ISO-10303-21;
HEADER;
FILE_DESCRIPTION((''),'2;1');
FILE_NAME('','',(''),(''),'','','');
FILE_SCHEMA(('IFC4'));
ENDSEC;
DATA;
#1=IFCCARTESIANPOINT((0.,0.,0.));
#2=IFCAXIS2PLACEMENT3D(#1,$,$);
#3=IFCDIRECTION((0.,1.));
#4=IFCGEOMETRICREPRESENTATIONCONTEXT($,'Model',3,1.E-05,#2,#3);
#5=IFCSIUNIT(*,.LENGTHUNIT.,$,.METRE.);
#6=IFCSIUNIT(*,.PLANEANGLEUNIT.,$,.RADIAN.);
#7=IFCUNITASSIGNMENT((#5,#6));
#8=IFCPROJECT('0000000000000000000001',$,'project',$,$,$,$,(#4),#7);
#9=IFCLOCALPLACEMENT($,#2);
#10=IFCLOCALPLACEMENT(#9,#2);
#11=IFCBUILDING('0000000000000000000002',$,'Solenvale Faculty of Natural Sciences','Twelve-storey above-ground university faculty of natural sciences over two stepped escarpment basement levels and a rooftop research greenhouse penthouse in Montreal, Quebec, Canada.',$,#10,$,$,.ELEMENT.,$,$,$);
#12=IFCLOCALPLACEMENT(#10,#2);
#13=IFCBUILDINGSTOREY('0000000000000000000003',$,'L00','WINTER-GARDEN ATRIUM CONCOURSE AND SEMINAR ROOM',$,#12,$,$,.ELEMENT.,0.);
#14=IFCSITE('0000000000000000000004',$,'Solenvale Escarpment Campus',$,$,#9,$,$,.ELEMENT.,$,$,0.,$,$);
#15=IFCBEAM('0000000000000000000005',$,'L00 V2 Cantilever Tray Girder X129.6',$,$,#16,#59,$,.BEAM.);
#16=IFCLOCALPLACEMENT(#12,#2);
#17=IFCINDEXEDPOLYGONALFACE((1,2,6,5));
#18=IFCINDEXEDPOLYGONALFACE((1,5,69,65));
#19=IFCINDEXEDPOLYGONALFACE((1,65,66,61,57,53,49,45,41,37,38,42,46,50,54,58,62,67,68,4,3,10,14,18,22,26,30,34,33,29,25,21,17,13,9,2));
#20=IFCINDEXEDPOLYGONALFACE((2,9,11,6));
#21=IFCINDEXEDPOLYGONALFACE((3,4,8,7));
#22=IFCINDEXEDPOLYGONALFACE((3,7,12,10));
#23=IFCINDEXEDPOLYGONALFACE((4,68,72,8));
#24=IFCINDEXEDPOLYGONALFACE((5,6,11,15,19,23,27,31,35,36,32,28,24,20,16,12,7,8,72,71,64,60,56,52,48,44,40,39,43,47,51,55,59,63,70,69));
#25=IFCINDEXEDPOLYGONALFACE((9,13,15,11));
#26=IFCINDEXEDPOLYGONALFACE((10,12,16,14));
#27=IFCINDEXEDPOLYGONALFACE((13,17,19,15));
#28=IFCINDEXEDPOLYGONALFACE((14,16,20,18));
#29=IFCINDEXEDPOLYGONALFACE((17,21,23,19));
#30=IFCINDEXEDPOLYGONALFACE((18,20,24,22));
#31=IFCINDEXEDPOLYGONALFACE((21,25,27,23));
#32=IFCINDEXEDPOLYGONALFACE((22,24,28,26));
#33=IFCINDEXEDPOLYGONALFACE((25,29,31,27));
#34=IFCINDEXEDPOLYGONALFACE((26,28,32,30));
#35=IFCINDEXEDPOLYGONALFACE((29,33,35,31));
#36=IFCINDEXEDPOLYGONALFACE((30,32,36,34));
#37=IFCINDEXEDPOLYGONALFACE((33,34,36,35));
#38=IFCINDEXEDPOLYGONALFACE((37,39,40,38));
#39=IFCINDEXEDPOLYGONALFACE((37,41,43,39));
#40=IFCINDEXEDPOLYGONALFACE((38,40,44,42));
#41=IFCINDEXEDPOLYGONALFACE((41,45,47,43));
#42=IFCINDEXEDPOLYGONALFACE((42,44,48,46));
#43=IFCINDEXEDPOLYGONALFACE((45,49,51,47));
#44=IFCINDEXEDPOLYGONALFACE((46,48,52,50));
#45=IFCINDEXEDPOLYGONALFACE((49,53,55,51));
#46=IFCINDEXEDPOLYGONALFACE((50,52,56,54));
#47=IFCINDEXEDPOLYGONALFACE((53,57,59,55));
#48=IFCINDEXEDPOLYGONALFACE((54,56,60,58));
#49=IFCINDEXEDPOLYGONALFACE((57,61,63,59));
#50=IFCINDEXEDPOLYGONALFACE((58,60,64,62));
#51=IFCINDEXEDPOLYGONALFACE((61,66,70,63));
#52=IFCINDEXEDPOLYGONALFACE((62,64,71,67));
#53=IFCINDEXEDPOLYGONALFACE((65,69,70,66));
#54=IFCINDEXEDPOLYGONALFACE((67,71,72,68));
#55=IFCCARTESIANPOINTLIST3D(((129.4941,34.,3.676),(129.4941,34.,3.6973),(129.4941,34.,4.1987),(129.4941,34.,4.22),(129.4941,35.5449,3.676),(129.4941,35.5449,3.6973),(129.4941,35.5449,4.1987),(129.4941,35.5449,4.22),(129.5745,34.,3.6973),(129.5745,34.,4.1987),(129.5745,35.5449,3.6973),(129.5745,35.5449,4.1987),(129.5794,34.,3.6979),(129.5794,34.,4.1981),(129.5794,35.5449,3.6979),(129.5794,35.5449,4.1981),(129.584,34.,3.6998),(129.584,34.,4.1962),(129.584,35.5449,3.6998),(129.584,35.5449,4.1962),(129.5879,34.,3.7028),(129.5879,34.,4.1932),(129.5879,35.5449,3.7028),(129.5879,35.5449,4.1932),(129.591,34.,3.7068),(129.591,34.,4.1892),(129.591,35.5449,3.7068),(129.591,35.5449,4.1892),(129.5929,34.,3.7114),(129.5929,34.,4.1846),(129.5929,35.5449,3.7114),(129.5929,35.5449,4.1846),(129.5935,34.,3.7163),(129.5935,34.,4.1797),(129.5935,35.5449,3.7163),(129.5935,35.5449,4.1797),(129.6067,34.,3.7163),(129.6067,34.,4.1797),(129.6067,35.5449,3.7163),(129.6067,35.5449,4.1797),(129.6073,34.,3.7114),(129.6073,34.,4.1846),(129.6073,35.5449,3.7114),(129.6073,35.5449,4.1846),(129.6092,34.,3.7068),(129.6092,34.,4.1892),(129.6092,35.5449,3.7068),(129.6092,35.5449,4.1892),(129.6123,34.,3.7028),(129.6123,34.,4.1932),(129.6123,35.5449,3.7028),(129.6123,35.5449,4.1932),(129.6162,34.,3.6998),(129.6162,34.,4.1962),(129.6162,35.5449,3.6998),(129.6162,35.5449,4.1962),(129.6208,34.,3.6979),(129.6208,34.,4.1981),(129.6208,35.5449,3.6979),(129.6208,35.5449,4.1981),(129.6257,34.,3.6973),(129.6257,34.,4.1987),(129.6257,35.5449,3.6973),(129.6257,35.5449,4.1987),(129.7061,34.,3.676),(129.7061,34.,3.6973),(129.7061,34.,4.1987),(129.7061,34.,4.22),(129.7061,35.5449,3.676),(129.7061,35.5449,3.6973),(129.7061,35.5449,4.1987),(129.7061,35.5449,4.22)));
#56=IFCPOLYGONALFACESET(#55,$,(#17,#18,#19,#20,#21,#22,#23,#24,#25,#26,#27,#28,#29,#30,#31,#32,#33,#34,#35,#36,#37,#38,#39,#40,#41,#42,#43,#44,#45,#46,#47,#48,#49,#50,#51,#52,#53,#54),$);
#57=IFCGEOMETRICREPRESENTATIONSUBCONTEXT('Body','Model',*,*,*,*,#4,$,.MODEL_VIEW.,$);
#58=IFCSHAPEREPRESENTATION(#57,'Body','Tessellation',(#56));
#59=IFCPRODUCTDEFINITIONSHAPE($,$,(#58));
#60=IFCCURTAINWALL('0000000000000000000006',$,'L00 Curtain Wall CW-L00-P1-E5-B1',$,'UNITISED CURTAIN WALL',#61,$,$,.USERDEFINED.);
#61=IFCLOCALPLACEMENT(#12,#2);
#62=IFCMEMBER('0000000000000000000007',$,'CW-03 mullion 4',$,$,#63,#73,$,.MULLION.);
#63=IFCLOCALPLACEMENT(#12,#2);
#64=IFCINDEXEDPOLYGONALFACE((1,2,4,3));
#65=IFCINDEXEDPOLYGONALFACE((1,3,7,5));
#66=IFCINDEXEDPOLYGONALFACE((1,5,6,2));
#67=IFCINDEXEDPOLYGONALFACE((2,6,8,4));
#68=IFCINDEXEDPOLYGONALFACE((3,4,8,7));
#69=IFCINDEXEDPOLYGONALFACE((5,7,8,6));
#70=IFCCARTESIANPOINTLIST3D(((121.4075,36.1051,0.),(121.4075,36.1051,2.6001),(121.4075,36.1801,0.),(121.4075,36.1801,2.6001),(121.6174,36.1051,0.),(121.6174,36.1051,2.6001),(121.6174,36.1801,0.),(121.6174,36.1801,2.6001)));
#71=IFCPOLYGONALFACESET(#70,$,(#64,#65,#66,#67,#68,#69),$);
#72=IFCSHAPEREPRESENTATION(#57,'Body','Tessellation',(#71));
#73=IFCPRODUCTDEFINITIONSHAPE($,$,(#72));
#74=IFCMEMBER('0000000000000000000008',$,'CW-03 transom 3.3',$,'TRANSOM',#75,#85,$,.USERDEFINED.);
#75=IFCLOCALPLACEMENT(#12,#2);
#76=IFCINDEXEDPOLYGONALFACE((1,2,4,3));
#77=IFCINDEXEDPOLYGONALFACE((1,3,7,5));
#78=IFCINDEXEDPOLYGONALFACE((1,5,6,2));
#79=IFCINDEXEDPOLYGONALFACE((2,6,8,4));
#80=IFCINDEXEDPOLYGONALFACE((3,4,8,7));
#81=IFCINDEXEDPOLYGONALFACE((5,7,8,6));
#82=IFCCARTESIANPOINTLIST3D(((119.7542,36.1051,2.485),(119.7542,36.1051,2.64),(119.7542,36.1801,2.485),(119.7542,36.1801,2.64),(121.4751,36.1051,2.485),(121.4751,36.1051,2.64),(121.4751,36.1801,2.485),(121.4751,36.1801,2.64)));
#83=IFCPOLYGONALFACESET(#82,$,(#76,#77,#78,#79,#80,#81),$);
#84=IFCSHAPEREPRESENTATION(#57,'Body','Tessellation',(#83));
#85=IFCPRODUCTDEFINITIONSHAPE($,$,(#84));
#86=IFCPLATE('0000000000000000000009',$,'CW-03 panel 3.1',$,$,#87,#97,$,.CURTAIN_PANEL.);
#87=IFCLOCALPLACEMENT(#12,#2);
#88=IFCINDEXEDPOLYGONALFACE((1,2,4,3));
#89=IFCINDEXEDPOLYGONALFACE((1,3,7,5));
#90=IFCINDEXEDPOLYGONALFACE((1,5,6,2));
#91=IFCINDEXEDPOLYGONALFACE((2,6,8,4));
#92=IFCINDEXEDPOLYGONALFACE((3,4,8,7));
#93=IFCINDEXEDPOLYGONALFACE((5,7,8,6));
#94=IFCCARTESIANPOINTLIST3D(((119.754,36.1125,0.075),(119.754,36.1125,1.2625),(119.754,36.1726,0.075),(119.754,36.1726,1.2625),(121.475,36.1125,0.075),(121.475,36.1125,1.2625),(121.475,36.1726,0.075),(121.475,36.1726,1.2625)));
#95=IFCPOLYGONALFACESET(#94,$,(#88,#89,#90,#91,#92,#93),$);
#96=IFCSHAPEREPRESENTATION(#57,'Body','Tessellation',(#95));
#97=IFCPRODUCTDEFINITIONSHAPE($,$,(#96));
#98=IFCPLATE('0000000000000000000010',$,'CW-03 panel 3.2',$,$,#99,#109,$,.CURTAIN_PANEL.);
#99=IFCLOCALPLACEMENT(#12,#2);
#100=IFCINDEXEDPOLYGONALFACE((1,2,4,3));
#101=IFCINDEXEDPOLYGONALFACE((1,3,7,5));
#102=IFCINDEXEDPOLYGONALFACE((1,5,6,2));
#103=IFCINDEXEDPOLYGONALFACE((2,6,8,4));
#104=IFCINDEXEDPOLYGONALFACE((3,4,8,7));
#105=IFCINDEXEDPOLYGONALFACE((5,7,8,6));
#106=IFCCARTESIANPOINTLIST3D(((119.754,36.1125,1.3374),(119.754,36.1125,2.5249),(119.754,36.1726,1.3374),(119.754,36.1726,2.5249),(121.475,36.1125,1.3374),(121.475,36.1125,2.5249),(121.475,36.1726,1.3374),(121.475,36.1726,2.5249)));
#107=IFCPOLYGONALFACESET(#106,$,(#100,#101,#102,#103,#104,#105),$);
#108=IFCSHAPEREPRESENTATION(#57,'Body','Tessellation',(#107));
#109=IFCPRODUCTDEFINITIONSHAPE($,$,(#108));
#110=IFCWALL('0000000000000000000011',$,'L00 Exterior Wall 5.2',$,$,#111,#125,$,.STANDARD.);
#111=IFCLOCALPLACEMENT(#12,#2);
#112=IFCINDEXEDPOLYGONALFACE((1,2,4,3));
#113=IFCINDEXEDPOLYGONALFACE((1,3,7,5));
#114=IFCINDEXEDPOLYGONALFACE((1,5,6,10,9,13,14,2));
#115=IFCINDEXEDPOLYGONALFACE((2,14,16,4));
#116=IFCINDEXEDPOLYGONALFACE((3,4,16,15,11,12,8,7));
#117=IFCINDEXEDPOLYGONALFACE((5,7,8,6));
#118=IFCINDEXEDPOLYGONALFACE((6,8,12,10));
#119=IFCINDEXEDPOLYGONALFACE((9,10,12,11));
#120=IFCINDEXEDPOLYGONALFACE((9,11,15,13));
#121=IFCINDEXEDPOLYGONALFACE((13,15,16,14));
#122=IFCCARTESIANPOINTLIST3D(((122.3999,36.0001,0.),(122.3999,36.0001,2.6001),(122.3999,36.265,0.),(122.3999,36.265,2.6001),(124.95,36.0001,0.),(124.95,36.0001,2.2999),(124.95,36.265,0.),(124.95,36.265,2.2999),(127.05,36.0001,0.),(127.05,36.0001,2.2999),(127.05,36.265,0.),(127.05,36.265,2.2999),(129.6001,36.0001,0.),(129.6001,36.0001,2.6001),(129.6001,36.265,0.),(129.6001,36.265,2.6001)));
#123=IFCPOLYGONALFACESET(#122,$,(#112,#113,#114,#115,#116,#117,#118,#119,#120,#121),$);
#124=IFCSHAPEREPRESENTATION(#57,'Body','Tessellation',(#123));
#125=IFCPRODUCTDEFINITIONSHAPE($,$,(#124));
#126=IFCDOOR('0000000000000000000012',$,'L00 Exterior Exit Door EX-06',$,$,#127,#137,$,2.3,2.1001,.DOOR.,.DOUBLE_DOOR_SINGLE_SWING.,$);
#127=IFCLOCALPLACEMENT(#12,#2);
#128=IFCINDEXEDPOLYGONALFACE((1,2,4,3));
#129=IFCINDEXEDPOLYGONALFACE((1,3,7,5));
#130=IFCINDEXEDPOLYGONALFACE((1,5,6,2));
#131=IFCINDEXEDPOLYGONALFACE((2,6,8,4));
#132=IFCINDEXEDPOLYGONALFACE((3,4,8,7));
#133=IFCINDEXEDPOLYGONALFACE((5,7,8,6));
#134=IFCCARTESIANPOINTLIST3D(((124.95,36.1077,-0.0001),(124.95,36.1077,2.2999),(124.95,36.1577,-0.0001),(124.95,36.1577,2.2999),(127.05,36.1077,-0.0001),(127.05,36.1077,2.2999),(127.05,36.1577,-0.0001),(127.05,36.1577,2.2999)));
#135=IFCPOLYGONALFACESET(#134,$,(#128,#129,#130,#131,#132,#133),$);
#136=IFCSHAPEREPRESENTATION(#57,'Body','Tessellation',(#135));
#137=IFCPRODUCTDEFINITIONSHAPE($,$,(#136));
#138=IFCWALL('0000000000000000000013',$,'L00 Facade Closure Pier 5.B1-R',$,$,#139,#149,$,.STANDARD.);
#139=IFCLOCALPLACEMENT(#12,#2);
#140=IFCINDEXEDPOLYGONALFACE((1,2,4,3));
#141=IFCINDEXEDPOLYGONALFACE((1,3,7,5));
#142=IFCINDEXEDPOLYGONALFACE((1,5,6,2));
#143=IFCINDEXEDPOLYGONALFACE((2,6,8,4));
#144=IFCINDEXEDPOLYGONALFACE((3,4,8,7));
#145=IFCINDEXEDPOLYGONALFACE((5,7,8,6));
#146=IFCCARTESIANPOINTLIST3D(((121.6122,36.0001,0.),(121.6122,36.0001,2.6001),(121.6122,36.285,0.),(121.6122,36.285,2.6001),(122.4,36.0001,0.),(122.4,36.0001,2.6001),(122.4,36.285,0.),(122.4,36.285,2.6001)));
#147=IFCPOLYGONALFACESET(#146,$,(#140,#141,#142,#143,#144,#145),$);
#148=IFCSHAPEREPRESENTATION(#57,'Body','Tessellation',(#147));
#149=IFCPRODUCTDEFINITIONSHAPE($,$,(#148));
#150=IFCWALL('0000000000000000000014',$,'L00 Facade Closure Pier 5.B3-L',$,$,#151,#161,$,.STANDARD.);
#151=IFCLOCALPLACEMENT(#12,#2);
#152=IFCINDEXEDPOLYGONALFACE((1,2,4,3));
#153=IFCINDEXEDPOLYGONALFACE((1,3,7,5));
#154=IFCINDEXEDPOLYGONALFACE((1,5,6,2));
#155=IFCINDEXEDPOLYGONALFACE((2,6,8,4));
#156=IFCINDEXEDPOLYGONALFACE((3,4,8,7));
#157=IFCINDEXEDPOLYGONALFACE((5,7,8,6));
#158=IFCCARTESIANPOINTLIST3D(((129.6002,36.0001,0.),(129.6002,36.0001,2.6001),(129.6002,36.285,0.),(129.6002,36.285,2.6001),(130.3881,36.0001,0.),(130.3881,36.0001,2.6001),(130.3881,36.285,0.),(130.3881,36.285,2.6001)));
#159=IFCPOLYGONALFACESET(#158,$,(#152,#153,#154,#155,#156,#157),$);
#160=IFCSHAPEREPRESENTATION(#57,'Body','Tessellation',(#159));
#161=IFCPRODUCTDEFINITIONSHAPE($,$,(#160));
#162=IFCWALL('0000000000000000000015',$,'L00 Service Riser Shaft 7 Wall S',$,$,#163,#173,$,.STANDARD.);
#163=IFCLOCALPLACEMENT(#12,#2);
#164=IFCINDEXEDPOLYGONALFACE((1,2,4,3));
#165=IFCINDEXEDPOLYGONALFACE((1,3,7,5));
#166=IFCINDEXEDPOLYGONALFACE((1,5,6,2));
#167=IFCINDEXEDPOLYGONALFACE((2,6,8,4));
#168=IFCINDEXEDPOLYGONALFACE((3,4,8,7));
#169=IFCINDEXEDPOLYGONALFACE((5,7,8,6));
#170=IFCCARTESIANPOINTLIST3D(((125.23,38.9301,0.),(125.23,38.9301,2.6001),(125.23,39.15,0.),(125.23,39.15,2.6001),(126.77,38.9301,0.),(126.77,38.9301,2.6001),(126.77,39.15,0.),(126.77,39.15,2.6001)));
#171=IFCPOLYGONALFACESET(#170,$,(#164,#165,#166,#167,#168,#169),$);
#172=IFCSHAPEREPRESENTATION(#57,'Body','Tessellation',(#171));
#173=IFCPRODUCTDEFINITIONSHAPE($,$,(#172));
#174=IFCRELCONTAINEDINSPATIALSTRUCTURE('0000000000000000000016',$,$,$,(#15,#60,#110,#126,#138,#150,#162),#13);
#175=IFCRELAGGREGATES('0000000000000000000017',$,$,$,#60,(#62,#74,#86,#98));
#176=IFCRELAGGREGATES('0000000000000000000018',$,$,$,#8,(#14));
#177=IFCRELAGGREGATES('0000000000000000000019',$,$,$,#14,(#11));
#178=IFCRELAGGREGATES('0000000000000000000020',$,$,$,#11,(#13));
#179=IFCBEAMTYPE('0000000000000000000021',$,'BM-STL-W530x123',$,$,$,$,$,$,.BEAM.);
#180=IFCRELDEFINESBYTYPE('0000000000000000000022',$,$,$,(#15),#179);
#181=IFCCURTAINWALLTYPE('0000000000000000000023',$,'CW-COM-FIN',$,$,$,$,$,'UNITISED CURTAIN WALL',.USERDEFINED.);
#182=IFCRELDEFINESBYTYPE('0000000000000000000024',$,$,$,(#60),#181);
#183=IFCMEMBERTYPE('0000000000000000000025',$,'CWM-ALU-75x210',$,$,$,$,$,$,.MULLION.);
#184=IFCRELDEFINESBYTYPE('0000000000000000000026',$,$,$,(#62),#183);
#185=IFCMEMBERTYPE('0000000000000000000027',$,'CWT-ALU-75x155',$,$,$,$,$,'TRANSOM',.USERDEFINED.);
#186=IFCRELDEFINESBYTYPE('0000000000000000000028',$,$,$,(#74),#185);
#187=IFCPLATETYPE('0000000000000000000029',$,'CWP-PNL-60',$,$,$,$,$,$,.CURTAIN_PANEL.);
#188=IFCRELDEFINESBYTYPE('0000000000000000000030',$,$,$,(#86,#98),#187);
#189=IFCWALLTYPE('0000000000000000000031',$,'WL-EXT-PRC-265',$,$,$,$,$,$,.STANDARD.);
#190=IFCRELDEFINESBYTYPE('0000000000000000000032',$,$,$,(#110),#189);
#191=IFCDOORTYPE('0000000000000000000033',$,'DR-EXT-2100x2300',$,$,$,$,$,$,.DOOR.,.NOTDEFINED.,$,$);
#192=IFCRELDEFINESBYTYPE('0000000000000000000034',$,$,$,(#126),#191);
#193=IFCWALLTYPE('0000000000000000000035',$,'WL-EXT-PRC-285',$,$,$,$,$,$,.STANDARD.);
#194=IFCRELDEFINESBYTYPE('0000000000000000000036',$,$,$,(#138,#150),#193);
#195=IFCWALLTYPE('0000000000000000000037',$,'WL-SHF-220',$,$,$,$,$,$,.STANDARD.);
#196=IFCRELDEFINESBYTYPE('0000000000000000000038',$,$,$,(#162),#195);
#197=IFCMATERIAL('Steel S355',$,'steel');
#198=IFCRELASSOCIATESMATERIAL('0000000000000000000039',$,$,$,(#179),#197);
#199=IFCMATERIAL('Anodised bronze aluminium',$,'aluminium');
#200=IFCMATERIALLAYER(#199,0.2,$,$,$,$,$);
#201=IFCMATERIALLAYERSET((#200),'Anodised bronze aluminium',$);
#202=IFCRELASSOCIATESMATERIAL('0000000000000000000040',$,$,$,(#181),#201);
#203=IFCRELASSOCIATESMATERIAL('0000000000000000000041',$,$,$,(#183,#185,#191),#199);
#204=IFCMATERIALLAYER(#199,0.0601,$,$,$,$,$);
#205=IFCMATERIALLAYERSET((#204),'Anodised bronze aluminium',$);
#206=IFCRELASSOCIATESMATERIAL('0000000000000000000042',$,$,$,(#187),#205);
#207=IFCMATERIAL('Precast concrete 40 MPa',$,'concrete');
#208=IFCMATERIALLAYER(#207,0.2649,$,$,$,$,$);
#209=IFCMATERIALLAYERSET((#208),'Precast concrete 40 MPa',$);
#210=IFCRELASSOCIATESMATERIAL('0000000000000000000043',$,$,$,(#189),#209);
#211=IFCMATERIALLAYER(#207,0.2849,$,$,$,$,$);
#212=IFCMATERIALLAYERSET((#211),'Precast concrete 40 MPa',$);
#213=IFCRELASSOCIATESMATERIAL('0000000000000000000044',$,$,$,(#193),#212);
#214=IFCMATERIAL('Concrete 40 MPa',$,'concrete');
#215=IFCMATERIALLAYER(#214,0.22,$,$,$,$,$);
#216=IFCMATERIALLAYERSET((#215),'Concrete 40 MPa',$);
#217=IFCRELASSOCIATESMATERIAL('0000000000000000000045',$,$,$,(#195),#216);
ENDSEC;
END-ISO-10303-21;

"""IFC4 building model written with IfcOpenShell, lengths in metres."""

from ifc_helpers import new_model, si_unit, direction, frame, frame_2d, origin, origin_2d, place, context, subcontext, project, spatial, rectangle, i_section, extrude, material, layer, layer_set, material_profile, profile_set, type_object, element, fill, aggregate, save


model = new_model("IFC4")

# Units and contexts
model_context = context("Model", 3, precision=1e-05, world=origin(), true_north=direction((0.0, 1.0)))
body_context = subcontext(model_context, "Body", "Model", "MODEL_VIEW")
ifc_project = project(units=[si_unit("LENGTHUNIT", "METRE"), si_unit("PLANEANGLEUNIT", "RADIAN")], contexts=[model_context])

# Site, building, storey
site_placement = place(None, origin())
site = spatial("IfcSite", under=ifc_project, at=site_placement, Name="Solenvale Escarpment Campus", CompositionType="ELEMENT", RefElevation=0.0)
building_placement = place(site_placement, origin())
building = spatial("IfcBuilding", under=site, at=building_placement, Name="Solenvale Faculty of Natural Sciences", Description="Twelve-storey above-ground university faculty of natural sciences over two stepped escarpment basement levels and a rooftop research greenhouse penthouse in Montreal, Quebec, Canada.", CompositionType="ELEMENT")
storey_placement = place(building_placement, origin())
storey = spatial("IfcBuildingStorey", under=building, at=storey_placement, Name="L00", Description="WINTER-GARDEN ATRIUM CONCOURSE AND SEMINAR ROOM", CompositionType="ELEMENT", Elevation=0.0)

# Beam
ifc_material_1 = material(Name="Concrete 40 MPa", Category="concrete")
ifc_material_2 = material(Name="Steel S355", Category="steel")
ifc_material_profile_1 = material_profile(ifc_material_2, i_section(OverallWidth=0.2119, OverallDepth=0.5439, WebThickness=0.0132, FlangeThickness=0.0212, FilletRadius=0.019, at=origin_2d()), Name="W530x123")
ifc_profile_set_1 = profile_set([ifc_material_profile_1], Name="Steel S355")
beam_type_1 = type_object("IfcBeamType", Name="BM-STL-W530x123", PredefinedType="BEAM", material=ifc_profile_set_1)
for number, where, z_axis, x_axis, name in (
    (1, (129.6001, 35.5449, 3.948), (0.0, -1.0, 0.0), (1.0, 0.0, 0.0), "L00 V2 Cantilever Tray Girder X129.6"),
):
    element("IfcBeam", number, at=place(storey_placement, frame(where, z_axis=z_axis, x_axis=x_axis)), inside=storey, type_object=beam_type_1, Name=name, PredefinedType="BEAM", context=body_context, shape_type="SweptSolid", body=[
        extrude(i_section(OverallWidth=0.2119, OverallDepth=0.5439, WebThickness=0.0132, FlangeThickness=0.0212, FilletRadius=0.019, at=origin_2d()), origin(), (0.0, 0.0, 1.0), 1.5449),
    ])

# Curtain wall, members, plates
ifc_material_3 = material(Name="Anodised bronze aluminium", Category="aluminium")
ifc_layer_1 = layer(ifc_material_3, 0.2)
ifc_layer_set_1 = layer_set([ifc_layer_1], Name="Anodised bronze aluminium")
curtain_wall_type = type_object("IfcCurtainWallType", Name="CW-COM-FIN", ElementType="UNITISED CURTAIN WALL", PredefinedType="USERDEFINED", material=ifc_layer_set_1)
curtain_wall_placement = place(storey_placement, origin())
curtain_wall = element("IfcCurtainWall", 2, at=curtain_wall_placement, inside=storey, type_object=curtain_wall_type, Name="L00 Curtain Wall CW-L00-P1-E5-B1", ObjectType="UNITISED CURTAIN WALL", PredefinedType="USERDEFINED")
ifc_material_profile_2 = material_profile(ifc_material_3, rectangle(XDim=0.075, YDim=0.21, at=origin_2d()), Name="ALU-MUL-75x210")
ifc_profile_set_2 = profile_set([ifc_material_profile_2], Name="Anodised bronze aluminium")
member_type_1 = type_object("IfcMemberType", Name="CWM-ALU-75x210", PredefinedType="MULLION", material=ifc_profile_set_2)
member_1_placement = place(storey_placement, frame((121.5125, 36.1426, 0.0), z_axis=(0.0, 0.0, 1.0), x_axis=(0.0, 1.0, 0.0)))
member_1 = element("IfcMember", 3, at=member_1_placement, type_object=member_type_1, Name="CW-03 mullion 4", PredefinedType="MULLION", context=body_context, shape_type="SweptSolid", body=[
    extrude(rectangle(XDim=0.075, YDim=0.21, at=origin_2d()), origin(), (0.0, 0.0, 1.0), 2.6001),
])
ifc_material_profile_3 = material_profile(ifc_material_3, rectangle(XDim=0.075, YDim=0.155, at=origin_2d()), Name="ALU-TRN-75x155")
ifc_profile_set_3 = profile_set([ifc_material_profile_3], Name="Anodised bronze aluminium")
member_type_2 = type_object("IfcMemberType", Name="CWT-ALU-75x155", ElementType="TRANSOM", PredefinedType="USERDEFINED", material=ifc_profile_set_3)
member_2_placement = place(storey_placement, frame((119.7542, 36.1426, 2.5625), z_axis=(1.0, 0.0, 0.0), x_axis=(0.0, 1.0, 0.0)))
member_2 = element("IfcMember", 4, at=member_2_placement, type_object=member_type_2, Name="CW-03 transom 3.3", ObjectType="TRANSOM", PredefinedType="USERDEFINED", context=body_context, shape_type="SweptSolid", body=[
    extrude(rectangle(XDim=0.075, YDim=0.155, at=origin_2d()), origin(), (0.0, 0.0, 1.0), 1.7209),
])
ifc_layer_2 = layer(ifc_material_3, 0.0601)
ifc_layer_set_2 = layer_set([ifc_layer_2], Name="Anodised bronze aluminium")
plate_type = type_object("IfcPlateType", Name="CWP-PNL-60", PredefinedType="CURTAIN_PANEL", material=ifc_layer_set_2)
plate_1_placement = place(storey_placement, frame((120.6145, 36.1426, 0.075), z_axis=(0.0, 0.0, 1.0), x_axis=(1.0, 0.0, 0.0)))
plate_1 = element("IfcPlate", 5, at=plate_1_placement, type_object=plate_type, Name="CW-03 panel 3.1", PredefinedType="CURTAIN_PANEL", context=body_context, shape_type="SweptSolid", body=[
    extrude(rectangle(XDim=1.7209, YDim=0.0601, at=origin_2d()), origin(), (0.0, 0.0, 1.0), 1.1875),
])
plate_2_placement = place(storey_placement, frame((120.6145, 36.1426, 1.3374), z_axis=(0.0, 0.0, 1.0), x_axis=(1.0, 0.0, 0.0)))
plate_2 = element("IfcPlate", 6, at=plate_2_placement, type_object=plate_type, Name="CW-03 panel 3.2", PredefinedType="CURTAIN_PANEL", context=body_context, shape_type="SweptSolid", body=[
    extrude(rectangle(XDim=1.7209, YDim=0.0601, at=origin_2d()), origin(), (0.0, 0.0, 1.0), 1.1875),
])
aggregate(curtain_wall, [member_1, member_2, plate_1, plate_2])

# Wall, opening, door
ifc_material_4 = material(Name="Precast concrete 40 MPa", Category="concrete")
ifc_layer_3 = layer(ifc_material_4, 0.2649)
ifc_layer_set_3 = layer_set([ifc_layer_3], Name="Precast concrete 40 MPa")
wall_type_1 = type_object("IfcWallType", Name="WL-EXT-PRC-265", PredefinedType="STANDARD", material=ifc_layer_set_3)
wall_1_placement = place(storey_placement, frame((129.6001, 36.1326, 0.0), z_axis=(0.0, 0.0, 1.0), x_axis=(-1.0, 0.0, 0.0)))
wall_1 = element("IfcWall", 7, at=wall_1_placement, inside=storey, type_object=wall_type_1, Name="L00 Exterior Wall 5.2", PredefinedType="STANDARD", context=body_context, shape_type="SweptSolid", body=[
    extrude(rectangle(XDim=7.2002, YDim=0.2649, at=frame_2d((3.6001, 0.0))), origin(), (0.0, 0.0, 1.0), 2.6001),
])
opening_placement = place(wall_1_placement, frame((2.55, 0.0, 0.0)))
opening = element("IfcOpeningElement", 8, at=opening_placement, cuts=wall_1, PredefinedType="OPENING", context=body_context, shape_type="SweptSolid", body=[
    extrude(rectangle(XDim=2.1001, YDim=2.3, at=frame_2d((1.05, 1.1499))), frame((0.0, 0.1423, 0.0), z_axis=(0.0, -1.0, 0.0), x_axis=(1.0, 0.0, 0.0)), (0.0, 0.0, 1.0), 0.2849),
])
door_type = type_object("IfcDoorType", Name="DR-EXT-2100x2300", OperationType="NOTDEFINED", PredefinedType="DOOR", material=ifc_material_3)
door_placement = place(opening_placement, origin())
door = element("IfcDoor", 9, at=door_placement, inside=storey, type_object=door_type, Name="L00 Exterior Exit Door EX-06", OperationType="DOUBLE_DOOR_SINGLE_SWING", OverallHeight=2.3, OverallWidth=2.1001, PredefinedType="DOOR", context=body_context, shape_type="SweptSolid", body=[
    extrude(rectangle(XDim=2.1001, YDim=2.3, at=frame_2d((1.05, 1.1499))), frame((0.0, 0.0249, 0.0), z_axis=(0.0, -1.0, 0.0), x_axis=(1.0, 0.0, 0.0)), (0.0, 0.0, 1.0), 0.05),
])
fill(opening, door)

# Walls
ifc_layer_4 = layer(ifc_material_4, 0.2849)
ifc_layer_set_4 = layer_set([ifc_layer_4], Name="Precast concrete 40 MPa")
wall_type_2 = type_object("IfcWallType", Name="WL-EXT-PRC-285", PredefinedType="STANDARD", material=ifc_layer_set_4)
for number, where, z_axis, x_axis, name in (
    (10, (121.6121, 36.1426, 0.0), (0.0, 0.0, 1.0), (1.0, 0.0, 0.0), "L00 Facade Closure Pier 5.B1-R"),
    (11, (129.6001, 36.1426, 0.0), (0.0, 0.0, 1.0), (1.0, 0.0, 0.0), "L00 Facade Closure Pier 5.B3-L"),
):
    element("IfcWall", number, at=place(storey_placement, frame(where, z_axis=z_axis, x_axis=x_axis)), inside=storey, type_object=wall_type_2, Name=name, PredefinedType="STANDARD", context=body_context, shape_type="SweptSolid", body=[
        extrude(rectangle(XDim=0.7878, YDim=0.2849, at=frame_2d((0.394, 0.0))), origin(), (0.0, 0.0, 1.0), 2.6001),
    ])
ifc_layer_5 = layer(ifc_material_1, 0.22)
ifc_layer_set_5 = layer_set([ifc_layer_5], Name="Concrete 40 MPa")
wall_type_3 = type_object("IfcWallType", Name="WL-SHF-220", PredefinedType="STANDARD", material=ifc_layer_set_5)
wall_2_placement = place(storey_placement, frame((125.23, 39.04, 0.0), z_axis=(0.0, 0.0, 1.0), x_axis=(1.0, 0.0, 0.0)))
element("IfcWall", 12, at=wall_2_placement, inside=storey, type_object=wall_type_3, Name="L00 Service Riser Shaft 7 Wall S", PredefinedType="STANDARD", context=body_context, shape_type="SweptSolid", body=[
    extrude(rectangle(XDim=1.54, YDim=0.22, at=frame_2d((0.77, 0.0))), origin(), (0.0, 0.0, 1.0), 2.6001),
])

save(model, "model.ifc")
